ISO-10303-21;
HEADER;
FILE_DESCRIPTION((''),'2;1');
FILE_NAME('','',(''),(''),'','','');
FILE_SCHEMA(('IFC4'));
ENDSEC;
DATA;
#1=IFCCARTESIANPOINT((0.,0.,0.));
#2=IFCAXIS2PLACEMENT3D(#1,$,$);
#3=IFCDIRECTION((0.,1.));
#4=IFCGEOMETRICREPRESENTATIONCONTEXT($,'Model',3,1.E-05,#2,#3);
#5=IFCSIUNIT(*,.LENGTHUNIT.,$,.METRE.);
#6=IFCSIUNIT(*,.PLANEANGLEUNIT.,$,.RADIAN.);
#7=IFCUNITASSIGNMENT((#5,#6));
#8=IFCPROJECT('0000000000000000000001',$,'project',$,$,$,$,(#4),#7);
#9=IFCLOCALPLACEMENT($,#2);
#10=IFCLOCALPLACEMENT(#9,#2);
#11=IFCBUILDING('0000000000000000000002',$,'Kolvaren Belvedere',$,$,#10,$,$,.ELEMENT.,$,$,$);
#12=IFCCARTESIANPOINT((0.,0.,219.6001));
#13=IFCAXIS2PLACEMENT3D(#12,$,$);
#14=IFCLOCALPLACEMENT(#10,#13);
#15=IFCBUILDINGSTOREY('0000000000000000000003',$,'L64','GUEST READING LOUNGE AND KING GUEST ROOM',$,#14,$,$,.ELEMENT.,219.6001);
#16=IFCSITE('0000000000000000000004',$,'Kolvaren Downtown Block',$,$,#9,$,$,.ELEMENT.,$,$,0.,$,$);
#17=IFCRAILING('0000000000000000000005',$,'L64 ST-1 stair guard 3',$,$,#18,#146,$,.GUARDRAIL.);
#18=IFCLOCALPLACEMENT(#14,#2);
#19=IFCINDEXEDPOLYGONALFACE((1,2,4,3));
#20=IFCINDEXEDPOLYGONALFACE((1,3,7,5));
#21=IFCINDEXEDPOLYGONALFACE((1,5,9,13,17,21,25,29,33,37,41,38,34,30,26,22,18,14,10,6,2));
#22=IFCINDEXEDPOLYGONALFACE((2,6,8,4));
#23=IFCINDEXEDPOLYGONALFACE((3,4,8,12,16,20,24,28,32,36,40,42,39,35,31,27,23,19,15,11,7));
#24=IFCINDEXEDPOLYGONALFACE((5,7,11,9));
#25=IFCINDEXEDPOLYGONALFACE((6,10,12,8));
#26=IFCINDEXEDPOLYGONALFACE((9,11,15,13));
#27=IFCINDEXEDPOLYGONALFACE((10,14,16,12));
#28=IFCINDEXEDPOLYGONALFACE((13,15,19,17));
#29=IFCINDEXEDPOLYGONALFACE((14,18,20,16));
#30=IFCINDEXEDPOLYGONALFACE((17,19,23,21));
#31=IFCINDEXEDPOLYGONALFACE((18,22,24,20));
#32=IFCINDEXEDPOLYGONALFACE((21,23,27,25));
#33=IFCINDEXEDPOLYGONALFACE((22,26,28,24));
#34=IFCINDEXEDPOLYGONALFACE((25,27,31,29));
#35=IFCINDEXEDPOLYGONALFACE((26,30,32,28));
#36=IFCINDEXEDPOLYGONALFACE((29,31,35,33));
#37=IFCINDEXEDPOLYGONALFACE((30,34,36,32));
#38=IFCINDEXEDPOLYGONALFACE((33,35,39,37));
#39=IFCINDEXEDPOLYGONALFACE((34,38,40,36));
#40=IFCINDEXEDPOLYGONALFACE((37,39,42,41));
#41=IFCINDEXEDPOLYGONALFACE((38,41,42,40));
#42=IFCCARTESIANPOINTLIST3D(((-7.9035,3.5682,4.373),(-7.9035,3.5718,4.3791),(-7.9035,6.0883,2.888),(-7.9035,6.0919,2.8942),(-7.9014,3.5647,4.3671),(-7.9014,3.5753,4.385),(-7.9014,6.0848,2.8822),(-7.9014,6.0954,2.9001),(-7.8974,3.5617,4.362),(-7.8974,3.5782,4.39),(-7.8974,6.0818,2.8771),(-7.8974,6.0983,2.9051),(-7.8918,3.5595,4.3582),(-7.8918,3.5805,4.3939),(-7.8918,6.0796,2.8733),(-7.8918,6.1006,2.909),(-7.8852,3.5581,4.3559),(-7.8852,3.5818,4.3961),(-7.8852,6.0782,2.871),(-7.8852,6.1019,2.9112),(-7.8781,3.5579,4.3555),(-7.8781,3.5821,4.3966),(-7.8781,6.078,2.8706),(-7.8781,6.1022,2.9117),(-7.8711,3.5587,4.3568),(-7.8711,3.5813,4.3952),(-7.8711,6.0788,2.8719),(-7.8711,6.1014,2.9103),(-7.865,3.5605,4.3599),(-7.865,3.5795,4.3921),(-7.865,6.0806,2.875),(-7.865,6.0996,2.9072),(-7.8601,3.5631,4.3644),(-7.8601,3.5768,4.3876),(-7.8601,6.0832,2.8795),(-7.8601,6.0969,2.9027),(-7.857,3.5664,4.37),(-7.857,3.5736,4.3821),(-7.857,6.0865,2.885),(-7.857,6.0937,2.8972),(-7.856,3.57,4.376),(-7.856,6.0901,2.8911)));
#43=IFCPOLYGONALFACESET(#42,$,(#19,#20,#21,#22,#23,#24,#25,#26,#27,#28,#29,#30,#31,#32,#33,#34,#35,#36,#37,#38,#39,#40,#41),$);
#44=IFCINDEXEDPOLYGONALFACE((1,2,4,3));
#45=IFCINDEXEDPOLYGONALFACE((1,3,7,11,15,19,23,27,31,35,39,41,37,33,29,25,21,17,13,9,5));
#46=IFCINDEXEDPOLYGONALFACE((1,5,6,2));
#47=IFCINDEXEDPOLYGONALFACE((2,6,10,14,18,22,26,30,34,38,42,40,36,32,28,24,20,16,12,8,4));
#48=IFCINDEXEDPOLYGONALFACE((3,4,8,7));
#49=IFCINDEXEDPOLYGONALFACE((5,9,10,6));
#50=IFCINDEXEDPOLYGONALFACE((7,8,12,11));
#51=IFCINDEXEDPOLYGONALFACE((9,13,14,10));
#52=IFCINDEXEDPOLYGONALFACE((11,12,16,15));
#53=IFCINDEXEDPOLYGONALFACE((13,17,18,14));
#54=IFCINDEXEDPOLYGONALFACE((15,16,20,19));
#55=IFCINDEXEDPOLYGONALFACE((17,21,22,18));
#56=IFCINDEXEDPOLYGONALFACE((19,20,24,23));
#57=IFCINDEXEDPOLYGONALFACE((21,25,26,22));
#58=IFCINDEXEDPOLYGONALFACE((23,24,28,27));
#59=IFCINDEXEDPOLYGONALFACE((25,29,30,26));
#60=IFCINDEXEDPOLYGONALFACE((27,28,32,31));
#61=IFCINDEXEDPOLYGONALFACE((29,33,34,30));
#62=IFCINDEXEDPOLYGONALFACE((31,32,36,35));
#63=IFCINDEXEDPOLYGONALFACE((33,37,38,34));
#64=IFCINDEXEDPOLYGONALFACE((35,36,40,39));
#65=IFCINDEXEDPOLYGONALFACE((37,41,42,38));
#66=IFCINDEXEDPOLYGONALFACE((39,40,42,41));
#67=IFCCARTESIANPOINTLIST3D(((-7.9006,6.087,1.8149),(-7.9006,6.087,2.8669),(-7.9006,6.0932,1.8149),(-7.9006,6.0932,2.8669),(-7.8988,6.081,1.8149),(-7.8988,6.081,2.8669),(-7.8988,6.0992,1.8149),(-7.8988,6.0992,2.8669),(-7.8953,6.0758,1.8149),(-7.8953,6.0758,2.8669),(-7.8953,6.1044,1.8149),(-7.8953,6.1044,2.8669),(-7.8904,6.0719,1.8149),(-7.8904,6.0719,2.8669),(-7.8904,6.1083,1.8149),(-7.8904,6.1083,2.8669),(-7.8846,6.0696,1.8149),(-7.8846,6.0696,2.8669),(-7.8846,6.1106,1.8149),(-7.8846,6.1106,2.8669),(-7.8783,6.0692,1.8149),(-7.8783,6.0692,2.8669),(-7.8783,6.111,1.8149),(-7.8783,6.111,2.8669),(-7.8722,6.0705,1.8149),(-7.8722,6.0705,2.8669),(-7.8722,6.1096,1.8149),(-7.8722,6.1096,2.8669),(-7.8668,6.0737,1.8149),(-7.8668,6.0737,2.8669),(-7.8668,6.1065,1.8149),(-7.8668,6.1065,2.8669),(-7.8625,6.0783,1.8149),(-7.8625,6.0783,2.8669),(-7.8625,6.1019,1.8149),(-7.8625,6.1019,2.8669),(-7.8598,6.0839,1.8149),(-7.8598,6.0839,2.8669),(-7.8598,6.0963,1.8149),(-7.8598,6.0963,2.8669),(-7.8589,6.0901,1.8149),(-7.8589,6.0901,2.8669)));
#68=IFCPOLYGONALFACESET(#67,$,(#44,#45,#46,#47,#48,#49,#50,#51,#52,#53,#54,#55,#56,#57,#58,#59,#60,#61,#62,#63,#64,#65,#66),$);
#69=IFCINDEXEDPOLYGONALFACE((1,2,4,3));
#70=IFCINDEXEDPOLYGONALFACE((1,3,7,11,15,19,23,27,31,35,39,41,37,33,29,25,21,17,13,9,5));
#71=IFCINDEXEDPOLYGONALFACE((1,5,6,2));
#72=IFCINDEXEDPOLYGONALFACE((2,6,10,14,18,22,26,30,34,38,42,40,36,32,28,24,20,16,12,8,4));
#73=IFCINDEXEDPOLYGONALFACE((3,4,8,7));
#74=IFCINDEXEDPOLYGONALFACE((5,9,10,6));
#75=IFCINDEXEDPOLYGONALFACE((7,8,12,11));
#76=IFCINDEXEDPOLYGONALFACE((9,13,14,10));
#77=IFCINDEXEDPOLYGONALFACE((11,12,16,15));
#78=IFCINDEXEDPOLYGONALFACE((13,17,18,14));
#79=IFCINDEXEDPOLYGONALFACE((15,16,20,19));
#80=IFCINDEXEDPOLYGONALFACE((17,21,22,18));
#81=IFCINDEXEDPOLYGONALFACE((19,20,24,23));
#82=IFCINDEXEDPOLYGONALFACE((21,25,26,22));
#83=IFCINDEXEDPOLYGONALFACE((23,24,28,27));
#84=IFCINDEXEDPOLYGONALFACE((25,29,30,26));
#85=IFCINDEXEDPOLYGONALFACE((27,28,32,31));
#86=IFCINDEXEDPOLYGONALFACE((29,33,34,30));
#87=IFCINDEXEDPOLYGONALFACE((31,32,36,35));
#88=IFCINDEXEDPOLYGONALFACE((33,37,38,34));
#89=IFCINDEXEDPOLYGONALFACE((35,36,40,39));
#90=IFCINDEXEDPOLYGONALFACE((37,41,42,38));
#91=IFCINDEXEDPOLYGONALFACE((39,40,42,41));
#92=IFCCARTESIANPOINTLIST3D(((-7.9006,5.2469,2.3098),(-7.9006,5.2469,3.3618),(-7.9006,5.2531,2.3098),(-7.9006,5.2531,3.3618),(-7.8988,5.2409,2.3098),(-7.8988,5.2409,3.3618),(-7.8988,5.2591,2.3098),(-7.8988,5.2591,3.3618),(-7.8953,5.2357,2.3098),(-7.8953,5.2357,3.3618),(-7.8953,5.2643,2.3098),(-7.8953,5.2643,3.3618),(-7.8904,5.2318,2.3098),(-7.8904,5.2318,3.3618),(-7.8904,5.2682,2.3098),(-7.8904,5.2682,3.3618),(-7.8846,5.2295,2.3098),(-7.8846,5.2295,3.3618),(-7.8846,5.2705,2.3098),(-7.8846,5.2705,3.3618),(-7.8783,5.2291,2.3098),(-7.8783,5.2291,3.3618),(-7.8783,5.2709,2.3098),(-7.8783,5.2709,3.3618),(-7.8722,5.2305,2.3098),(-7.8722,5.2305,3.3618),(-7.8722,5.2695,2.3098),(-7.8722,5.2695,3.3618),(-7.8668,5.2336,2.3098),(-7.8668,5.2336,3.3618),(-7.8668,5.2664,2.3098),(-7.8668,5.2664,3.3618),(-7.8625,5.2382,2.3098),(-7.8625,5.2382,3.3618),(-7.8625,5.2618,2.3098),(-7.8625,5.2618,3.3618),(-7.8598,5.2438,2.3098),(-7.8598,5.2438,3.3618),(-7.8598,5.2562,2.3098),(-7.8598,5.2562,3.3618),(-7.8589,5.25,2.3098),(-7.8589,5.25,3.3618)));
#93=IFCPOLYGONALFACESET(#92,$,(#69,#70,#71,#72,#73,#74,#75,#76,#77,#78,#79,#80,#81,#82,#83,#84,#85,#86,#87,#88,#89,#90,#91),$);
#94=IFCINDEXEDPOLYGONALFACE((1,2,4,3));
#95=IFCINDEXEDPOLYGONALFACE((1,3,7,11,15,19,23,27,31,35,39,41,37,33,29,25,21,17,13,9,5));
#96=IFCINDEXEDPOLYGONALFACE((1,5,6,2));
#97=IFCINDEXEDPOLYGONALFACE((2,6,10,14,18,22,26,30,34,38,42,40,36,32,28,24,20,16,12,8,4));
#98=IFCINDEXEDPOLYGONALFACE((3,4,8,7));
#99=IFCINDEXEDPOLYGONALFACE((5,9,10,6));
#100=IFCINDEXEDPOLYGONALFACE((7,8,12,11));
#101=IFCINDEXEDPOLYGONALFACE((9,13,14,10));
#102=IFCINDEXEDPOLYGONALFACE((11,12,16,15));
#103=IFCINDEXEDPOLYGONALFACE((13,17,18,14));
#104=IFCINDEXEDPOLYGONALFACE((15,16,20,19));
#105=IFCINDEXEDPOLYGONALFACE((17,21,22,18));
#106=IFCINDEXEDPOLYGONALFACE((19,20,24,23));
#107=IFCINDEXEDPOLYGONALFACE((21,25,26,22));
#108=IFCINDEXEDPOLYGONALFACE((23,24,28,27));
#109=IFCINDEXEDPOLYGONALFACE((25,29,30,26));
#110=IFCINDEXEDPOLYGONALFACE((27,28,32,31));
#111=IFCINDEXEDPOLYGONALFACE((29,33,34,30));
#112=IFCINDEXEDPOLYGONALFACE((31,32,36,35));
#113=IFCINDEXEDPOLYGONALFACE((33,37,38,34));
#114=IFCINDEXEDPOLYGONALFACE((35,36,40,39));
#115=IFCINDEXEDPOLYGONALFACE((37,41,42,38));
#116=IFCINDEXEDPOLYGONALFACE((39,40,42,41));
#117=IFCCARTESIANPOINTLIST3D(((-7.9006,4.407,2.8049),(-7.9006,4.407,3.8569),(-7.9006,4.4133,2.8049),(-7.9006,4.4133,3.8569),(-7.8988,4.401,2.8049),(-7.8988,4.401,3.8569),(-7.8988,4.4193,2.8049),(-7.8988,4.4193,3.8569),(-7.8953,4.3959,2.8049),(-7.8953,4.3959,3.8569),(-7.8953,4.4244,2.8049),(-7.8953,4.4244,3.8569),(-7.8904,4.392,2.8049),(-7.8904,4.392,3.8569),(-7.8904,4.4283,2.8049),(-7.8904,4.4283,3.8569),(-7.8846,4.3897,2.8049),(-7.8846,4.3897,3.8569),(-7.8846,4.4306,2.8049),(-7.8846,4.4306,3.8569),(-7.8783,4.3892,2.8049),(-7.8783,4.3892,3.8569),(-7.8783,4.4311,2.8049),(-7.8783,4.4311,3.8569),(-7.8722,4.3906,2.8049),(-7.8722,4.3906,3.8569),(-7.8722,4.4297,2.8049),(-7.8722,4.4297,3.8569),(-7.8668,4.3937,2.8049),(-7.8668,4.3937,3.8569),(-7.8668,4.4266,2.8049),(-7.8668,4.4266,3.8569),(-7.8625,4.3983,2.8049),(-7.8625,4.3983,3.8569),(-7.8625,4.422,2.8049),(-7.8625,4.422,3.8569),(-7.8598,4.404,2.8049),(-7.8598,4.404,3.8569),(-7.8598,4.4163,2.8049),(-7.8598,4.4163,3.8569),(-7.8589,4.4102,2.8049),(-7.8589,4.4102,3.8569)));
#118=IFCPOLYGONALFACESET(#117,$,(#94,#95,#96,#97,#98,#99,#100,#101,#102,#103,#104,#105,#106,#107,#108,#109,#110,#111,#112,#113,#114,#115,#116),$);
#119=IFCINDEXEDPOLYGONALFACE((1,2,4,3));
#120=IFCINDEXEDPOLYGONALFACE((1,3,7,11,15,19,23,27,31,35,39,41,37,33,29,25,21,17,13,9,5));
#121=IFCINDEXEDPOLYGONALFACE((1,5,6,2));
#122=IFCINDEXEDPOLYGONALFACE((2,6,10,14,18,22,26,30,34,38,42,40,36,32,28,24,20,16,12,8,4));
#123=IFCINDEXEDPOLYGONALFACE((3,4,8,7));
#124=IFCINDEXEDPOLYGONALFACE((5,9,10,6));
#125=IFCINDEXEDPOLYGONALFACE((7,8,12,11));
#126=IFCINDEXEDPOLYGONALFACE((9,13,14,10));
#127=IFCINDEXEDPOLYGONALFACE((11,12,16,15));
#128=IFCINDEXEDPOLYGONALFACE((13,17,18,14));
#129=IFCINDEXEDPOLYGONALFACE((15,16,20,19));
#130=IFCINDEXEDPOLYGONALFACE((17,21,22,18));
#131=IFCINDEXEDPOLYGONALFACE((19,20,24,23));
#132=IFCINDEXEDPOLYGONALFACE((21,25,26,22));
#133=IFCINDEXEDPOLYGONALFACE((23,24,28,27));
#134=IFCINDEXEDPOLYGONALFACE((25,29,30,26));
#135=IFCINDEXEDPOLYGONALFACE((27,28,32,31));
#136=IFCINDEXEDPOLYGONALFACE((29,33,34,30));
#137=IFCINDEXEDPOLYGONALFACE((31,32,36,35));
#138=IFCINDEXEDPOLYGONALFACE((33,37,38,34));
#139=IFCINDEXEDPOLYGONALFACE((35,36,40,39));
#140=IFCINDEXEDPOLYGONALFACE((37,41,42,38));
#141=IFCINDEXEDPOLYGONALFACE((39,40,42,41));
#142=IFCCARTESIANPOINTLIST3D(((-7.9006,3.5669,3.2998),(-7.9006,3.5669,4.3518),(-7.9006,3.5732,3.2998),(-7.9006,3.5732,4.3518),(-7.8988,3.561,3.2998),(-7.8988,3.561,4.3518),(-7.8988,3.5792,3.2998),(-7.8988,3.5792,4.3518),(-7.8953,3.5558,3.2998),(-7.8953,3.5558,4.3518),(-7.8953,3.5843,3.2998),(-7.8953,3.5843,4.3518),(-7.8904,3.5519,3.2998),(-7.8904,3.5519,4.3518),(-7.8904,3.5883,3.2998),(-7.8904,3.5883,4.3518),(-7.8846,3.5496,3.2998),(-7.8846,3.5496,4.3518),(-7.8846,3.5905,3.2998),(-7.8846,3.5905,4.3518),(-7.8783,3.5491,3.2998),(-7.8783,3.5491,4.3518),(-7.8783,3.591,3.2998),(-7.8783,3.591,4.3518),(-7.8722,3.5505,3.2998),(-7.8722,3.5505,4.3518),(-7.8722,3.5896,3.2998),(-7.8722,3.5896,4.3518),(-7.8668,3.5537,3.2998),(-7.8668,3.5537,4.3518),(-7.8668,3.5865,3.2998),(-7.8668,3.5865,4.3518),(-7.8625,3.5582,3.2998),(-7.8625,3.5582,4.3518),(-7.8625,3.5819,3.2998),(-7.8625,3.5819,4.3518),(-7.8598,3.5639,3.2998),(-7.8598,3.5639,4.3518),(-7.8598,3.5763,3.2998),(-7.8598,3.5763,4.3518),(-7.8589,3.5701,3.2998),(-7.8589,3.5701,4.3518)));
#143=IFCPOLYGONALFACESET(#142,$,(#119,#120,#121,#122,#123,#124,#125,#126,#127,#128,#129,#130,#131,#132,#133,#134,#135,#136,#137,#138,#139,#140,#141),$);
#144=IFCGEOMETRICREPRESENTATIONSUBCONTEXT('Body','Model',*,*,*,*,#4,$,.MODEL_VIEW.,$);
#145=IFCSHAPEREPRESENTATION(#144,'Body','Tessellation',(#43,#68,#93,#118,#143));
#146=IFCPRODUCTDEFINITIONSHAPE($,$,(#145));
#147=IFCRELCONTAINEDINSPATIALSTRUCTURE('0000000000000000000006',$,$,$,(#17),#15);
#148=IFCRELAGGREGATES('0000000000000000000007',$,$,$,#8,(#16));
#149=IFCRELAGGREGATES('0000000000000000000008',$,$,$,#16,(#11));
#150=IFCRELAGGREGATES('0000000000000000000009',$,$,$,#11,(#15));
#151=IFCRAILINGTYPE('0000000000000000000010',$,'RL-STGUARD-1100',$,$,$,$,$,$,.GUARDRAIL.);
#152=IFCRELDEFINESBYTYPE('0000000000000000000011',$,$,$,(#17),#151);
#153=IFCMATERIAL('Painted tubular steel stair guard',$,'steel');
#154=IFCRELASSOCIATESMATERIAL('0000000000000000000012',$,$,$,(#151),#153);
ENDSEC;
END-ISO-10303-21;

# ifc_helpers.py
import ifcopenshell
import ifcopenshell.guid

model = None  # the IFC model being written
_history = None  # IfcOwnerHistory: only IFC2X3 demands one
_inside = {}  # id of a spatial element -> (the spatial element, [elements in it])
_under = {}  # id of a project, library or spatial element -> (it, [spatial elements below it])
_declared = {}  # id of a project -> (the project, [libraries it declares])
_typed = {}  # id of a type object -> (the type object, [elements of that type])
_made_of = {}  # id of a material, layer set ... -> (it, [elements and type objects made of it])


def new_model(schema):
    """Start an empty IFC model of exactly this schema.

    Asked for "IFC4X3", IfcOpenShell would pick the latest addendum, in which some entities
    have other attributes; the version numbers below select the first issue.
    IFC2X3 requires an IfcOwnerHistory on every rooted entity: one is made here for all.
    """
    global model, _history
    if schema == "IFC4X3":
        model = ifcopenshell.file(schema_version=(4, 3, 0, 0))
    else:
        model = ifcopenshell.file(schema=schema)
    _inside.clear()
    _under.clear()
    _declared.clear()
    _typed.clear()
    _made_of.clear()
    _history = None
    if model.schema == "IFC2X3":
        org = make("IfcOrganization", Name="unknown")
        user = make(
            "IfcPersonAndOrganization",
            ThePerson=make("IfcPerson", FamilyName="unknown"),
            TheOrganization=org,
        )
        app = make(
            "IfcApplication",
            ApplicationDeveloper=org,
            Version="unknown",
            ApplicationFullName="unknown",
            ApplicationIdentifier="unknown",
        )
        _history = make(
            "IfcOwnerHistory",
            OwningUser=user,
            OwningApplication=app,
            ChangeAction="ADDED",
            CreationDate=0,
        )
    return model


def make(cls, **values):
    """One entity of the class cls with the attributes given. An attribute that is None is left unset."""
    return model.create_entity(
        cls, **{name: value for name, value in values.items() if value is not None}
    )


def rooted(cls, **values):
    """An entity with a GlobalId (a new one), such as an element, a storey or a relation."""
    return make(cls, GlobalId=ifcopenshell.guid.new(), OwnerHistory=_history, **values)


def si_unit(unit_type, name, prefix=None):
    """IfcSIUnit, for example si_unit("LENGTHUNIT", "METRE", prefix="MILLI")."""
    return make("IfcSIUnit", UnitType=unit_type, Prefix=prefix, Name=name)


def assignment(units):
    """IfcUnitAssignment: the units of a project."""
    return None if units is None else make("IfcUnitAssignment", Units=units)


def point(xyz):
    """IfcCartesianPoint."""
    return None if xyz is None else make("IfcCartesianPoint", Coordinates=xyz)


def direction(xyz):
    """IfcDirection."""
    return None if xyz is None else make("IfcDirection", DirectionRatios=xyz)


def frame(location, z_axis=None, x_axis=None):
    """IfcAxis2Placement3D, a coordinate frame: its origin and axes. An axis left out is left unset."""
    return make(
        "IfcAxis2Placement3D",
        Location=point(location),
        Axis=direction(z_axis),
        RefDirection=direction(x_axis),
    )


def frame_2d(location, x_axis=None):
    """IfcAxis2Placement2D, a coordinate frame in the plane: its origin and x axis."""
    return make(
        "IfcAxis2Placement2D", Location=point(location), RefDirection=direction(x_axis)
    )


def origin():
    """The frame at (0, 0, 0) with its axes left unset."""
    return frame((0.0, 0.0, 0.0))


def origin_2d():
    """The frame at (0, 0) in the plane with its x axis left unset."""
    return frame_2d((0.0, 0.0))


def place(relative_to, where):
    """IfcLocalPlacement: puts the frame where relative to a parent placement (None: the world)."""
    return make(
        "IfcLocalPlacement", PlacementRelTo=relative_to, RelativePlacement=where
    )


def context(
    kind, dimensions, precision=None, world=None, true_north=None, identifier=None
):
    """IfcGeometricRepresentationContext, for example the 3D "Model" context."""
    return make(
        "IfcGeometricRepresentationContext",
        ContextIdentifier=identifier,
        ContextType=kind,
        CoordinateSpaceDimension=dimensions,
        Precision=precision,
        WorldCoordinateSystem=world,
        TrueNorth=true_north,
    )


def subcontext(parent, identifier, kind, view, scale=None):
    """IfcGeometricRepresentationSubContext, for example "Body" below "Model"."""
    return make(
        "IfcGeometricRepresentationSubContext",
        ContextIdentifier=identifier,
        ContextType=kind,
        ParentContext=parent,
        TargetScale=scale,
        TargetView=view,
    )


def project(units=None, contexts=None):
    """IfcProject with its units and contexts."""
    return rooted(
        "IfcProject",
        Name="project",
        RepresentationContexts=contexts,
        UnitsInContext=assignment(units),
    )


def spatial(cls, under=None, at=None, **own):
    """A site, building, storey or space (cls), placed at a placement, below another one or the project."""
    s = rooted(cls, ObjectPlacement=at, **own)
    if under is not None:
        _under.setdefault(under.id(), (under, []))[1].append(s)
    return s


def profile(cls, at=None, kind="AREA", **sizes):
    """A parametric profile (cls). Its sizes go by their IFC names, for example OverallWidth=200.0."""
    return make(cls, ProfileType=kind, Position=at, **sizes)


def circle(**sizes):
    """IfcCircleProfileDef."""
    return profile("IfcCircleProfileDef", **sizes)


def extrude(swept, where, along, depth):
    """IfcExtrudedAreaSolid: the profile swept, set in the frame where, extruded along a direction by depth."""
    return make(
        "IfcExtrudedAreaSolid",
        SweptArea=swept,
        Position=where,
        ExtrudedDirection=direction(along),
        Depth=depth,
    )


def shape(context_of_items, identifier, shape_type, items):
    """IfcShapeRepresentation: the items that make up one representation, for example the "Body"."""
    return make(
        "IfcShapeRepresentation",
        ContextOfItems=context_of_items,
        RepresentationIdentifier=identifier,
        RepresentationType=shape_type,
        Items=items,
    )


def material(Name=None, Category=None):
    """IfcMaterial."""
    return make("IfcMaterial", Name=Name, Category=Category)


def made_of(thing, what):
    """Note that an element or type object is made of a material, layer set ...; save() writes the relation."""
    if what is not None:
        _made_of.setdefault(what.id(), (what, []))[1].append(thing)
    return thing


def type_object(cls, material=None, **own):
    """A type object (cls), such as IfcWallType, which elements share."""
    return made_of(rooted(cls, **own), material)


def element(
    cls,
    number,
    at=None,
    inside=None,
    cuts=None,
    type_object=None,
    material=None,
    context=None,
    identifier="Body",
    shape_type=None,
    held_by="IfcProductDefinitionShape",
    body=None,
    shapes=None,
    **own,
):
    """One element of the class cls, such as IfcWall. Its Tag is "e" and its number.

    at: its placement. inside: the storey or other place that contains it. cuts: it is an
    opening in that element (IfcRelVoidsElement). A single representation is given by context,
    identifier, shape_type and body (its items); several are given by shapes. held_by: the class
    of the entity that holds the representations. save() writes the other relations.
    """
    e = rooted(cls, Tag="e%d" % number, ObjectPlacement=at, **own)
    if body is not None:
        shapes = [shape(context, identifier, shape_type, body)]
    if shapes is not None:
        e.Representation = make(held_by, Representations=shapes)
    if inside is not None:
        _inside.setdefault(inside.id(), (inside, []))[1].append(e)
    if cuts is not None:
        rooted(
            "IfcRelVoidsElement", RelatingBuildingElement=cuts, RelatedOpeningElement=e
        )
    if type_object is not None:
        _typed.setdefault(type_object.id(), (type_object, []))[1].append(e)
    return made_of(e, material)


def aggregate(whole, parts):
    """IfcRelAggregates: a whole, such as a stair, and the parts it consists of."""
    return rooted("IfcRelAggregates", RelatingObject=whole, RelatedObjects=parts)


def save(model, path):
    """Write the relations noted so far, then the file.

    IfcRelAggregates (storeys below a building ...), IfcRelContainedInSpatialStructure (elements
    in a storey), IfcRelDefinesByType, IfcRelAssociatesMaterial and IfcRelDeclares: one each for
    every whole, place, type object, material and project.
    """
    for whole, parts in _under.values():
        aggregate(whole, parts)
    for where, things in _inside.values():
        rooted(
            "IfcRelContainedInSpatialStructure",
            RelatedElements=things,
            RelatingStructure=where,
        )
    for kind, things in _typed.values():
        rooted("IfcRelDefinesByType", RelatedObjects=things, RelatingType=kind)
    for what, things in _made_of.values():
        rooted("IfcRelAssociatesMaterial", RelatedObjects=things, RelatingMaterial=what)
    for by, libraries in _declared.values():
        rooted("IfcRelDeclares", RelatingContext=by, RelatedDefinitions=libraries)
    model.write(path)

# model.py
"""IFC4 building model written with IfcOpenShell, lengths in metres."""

from ifc_helpers import new_model, si_unit, direction, frame, origin, origin_2d, place, context, subcontext, project, spatial, circle, extrude, material, type_object, element, save


model = new_model("IFC4")

# Units and contexts
model_context = context("Model", 3, precision=1e-05, world=origin(), true_north=direction((0.0, 1.0)))
body_context = subcontext(model_context, "Body", "Model", "MODEL_VIEW")
ifc_project = project(units=[si_unit("LENGTHUNIT", "METRE"), si_unit("PLANEANGLEUNIT", "RADIAN")], contexts=[model_context])

# Site, building, storey
site_placement = place(None, origin())
site = spatial("IfcSite", under=ifc_project, at=site_placement, Name="Kolvaren Downtown Block", CompositionType="ELEMENT", RefElevation=0.0)
building_placement = place(site_placement, origin())
building = spatial("IfcBuilding", under=site, at=building_placement, Name="Kolvaren Belvedere", CompositionType="ELEMENT")
storey_placement = place(building_placement, frame((0.0, 0.0, 219.6001)))
storey = spatial("IfcBuildingStorey", under=building, at=storey_placement, Name="L64", Description="GUEST READING LOUNGE AND KING GUEST ROOM", CompositionType="ELEMENT", Elevation=219.6001)

# Railing
ifc_material_1 = material(Name="Painted tubular steel stair guard", Category="steel")
railing_type_1 = type_object("IfcRailingType", Name="RL-STGUARD-1100", PredefinedType="GUARDRAIL", material=ifc_material_1)
railing_1_placement = place(storey_placement, frame((-7.8799, 6.0901, 1.8149)))
element("IfcRailing", 1, at=railing_1_placement, inside=storey, type_object=railing_type_1, Name="L64 ST-1 stair guard 3", PredefinedType="GUARDRAIL", context=body_context, shape_type="SweptSolid", body=[
    extrude(circle(Radius=0.0239, at=origin_2d()), frame((0.0, 0.0, 1.0762), z_axis=(0.0, -0.861561, 0.507655), x_axis=(1.0, 0.0, 0.0)), (0.0, 0.0, 1.0), 2.925),
    extrude(circle(Radius=0.021, at=origin_2d()), origin(), (0.0, 0.0, 1.0), 1.052),
    extrude(circle(Radius=0.021, at=origin_2d()), frame((0.0, -0.8401, 0.4949)), (0.0, 0.0, 1.0), 1.052),
    extrude(circle(Radius=0.021, at=origin_2d()), frame((0.0, -1.6799, 0.99)), (0.0, 0.0, 1.0), 1.052),
    extrude(circle(Radius=0.021, at=origin_2d()), frame((0.0, -2.52, 1.4849)), (0.0, 0.0, 1.0), 1.052),
])

save(model, "model.ifc")
